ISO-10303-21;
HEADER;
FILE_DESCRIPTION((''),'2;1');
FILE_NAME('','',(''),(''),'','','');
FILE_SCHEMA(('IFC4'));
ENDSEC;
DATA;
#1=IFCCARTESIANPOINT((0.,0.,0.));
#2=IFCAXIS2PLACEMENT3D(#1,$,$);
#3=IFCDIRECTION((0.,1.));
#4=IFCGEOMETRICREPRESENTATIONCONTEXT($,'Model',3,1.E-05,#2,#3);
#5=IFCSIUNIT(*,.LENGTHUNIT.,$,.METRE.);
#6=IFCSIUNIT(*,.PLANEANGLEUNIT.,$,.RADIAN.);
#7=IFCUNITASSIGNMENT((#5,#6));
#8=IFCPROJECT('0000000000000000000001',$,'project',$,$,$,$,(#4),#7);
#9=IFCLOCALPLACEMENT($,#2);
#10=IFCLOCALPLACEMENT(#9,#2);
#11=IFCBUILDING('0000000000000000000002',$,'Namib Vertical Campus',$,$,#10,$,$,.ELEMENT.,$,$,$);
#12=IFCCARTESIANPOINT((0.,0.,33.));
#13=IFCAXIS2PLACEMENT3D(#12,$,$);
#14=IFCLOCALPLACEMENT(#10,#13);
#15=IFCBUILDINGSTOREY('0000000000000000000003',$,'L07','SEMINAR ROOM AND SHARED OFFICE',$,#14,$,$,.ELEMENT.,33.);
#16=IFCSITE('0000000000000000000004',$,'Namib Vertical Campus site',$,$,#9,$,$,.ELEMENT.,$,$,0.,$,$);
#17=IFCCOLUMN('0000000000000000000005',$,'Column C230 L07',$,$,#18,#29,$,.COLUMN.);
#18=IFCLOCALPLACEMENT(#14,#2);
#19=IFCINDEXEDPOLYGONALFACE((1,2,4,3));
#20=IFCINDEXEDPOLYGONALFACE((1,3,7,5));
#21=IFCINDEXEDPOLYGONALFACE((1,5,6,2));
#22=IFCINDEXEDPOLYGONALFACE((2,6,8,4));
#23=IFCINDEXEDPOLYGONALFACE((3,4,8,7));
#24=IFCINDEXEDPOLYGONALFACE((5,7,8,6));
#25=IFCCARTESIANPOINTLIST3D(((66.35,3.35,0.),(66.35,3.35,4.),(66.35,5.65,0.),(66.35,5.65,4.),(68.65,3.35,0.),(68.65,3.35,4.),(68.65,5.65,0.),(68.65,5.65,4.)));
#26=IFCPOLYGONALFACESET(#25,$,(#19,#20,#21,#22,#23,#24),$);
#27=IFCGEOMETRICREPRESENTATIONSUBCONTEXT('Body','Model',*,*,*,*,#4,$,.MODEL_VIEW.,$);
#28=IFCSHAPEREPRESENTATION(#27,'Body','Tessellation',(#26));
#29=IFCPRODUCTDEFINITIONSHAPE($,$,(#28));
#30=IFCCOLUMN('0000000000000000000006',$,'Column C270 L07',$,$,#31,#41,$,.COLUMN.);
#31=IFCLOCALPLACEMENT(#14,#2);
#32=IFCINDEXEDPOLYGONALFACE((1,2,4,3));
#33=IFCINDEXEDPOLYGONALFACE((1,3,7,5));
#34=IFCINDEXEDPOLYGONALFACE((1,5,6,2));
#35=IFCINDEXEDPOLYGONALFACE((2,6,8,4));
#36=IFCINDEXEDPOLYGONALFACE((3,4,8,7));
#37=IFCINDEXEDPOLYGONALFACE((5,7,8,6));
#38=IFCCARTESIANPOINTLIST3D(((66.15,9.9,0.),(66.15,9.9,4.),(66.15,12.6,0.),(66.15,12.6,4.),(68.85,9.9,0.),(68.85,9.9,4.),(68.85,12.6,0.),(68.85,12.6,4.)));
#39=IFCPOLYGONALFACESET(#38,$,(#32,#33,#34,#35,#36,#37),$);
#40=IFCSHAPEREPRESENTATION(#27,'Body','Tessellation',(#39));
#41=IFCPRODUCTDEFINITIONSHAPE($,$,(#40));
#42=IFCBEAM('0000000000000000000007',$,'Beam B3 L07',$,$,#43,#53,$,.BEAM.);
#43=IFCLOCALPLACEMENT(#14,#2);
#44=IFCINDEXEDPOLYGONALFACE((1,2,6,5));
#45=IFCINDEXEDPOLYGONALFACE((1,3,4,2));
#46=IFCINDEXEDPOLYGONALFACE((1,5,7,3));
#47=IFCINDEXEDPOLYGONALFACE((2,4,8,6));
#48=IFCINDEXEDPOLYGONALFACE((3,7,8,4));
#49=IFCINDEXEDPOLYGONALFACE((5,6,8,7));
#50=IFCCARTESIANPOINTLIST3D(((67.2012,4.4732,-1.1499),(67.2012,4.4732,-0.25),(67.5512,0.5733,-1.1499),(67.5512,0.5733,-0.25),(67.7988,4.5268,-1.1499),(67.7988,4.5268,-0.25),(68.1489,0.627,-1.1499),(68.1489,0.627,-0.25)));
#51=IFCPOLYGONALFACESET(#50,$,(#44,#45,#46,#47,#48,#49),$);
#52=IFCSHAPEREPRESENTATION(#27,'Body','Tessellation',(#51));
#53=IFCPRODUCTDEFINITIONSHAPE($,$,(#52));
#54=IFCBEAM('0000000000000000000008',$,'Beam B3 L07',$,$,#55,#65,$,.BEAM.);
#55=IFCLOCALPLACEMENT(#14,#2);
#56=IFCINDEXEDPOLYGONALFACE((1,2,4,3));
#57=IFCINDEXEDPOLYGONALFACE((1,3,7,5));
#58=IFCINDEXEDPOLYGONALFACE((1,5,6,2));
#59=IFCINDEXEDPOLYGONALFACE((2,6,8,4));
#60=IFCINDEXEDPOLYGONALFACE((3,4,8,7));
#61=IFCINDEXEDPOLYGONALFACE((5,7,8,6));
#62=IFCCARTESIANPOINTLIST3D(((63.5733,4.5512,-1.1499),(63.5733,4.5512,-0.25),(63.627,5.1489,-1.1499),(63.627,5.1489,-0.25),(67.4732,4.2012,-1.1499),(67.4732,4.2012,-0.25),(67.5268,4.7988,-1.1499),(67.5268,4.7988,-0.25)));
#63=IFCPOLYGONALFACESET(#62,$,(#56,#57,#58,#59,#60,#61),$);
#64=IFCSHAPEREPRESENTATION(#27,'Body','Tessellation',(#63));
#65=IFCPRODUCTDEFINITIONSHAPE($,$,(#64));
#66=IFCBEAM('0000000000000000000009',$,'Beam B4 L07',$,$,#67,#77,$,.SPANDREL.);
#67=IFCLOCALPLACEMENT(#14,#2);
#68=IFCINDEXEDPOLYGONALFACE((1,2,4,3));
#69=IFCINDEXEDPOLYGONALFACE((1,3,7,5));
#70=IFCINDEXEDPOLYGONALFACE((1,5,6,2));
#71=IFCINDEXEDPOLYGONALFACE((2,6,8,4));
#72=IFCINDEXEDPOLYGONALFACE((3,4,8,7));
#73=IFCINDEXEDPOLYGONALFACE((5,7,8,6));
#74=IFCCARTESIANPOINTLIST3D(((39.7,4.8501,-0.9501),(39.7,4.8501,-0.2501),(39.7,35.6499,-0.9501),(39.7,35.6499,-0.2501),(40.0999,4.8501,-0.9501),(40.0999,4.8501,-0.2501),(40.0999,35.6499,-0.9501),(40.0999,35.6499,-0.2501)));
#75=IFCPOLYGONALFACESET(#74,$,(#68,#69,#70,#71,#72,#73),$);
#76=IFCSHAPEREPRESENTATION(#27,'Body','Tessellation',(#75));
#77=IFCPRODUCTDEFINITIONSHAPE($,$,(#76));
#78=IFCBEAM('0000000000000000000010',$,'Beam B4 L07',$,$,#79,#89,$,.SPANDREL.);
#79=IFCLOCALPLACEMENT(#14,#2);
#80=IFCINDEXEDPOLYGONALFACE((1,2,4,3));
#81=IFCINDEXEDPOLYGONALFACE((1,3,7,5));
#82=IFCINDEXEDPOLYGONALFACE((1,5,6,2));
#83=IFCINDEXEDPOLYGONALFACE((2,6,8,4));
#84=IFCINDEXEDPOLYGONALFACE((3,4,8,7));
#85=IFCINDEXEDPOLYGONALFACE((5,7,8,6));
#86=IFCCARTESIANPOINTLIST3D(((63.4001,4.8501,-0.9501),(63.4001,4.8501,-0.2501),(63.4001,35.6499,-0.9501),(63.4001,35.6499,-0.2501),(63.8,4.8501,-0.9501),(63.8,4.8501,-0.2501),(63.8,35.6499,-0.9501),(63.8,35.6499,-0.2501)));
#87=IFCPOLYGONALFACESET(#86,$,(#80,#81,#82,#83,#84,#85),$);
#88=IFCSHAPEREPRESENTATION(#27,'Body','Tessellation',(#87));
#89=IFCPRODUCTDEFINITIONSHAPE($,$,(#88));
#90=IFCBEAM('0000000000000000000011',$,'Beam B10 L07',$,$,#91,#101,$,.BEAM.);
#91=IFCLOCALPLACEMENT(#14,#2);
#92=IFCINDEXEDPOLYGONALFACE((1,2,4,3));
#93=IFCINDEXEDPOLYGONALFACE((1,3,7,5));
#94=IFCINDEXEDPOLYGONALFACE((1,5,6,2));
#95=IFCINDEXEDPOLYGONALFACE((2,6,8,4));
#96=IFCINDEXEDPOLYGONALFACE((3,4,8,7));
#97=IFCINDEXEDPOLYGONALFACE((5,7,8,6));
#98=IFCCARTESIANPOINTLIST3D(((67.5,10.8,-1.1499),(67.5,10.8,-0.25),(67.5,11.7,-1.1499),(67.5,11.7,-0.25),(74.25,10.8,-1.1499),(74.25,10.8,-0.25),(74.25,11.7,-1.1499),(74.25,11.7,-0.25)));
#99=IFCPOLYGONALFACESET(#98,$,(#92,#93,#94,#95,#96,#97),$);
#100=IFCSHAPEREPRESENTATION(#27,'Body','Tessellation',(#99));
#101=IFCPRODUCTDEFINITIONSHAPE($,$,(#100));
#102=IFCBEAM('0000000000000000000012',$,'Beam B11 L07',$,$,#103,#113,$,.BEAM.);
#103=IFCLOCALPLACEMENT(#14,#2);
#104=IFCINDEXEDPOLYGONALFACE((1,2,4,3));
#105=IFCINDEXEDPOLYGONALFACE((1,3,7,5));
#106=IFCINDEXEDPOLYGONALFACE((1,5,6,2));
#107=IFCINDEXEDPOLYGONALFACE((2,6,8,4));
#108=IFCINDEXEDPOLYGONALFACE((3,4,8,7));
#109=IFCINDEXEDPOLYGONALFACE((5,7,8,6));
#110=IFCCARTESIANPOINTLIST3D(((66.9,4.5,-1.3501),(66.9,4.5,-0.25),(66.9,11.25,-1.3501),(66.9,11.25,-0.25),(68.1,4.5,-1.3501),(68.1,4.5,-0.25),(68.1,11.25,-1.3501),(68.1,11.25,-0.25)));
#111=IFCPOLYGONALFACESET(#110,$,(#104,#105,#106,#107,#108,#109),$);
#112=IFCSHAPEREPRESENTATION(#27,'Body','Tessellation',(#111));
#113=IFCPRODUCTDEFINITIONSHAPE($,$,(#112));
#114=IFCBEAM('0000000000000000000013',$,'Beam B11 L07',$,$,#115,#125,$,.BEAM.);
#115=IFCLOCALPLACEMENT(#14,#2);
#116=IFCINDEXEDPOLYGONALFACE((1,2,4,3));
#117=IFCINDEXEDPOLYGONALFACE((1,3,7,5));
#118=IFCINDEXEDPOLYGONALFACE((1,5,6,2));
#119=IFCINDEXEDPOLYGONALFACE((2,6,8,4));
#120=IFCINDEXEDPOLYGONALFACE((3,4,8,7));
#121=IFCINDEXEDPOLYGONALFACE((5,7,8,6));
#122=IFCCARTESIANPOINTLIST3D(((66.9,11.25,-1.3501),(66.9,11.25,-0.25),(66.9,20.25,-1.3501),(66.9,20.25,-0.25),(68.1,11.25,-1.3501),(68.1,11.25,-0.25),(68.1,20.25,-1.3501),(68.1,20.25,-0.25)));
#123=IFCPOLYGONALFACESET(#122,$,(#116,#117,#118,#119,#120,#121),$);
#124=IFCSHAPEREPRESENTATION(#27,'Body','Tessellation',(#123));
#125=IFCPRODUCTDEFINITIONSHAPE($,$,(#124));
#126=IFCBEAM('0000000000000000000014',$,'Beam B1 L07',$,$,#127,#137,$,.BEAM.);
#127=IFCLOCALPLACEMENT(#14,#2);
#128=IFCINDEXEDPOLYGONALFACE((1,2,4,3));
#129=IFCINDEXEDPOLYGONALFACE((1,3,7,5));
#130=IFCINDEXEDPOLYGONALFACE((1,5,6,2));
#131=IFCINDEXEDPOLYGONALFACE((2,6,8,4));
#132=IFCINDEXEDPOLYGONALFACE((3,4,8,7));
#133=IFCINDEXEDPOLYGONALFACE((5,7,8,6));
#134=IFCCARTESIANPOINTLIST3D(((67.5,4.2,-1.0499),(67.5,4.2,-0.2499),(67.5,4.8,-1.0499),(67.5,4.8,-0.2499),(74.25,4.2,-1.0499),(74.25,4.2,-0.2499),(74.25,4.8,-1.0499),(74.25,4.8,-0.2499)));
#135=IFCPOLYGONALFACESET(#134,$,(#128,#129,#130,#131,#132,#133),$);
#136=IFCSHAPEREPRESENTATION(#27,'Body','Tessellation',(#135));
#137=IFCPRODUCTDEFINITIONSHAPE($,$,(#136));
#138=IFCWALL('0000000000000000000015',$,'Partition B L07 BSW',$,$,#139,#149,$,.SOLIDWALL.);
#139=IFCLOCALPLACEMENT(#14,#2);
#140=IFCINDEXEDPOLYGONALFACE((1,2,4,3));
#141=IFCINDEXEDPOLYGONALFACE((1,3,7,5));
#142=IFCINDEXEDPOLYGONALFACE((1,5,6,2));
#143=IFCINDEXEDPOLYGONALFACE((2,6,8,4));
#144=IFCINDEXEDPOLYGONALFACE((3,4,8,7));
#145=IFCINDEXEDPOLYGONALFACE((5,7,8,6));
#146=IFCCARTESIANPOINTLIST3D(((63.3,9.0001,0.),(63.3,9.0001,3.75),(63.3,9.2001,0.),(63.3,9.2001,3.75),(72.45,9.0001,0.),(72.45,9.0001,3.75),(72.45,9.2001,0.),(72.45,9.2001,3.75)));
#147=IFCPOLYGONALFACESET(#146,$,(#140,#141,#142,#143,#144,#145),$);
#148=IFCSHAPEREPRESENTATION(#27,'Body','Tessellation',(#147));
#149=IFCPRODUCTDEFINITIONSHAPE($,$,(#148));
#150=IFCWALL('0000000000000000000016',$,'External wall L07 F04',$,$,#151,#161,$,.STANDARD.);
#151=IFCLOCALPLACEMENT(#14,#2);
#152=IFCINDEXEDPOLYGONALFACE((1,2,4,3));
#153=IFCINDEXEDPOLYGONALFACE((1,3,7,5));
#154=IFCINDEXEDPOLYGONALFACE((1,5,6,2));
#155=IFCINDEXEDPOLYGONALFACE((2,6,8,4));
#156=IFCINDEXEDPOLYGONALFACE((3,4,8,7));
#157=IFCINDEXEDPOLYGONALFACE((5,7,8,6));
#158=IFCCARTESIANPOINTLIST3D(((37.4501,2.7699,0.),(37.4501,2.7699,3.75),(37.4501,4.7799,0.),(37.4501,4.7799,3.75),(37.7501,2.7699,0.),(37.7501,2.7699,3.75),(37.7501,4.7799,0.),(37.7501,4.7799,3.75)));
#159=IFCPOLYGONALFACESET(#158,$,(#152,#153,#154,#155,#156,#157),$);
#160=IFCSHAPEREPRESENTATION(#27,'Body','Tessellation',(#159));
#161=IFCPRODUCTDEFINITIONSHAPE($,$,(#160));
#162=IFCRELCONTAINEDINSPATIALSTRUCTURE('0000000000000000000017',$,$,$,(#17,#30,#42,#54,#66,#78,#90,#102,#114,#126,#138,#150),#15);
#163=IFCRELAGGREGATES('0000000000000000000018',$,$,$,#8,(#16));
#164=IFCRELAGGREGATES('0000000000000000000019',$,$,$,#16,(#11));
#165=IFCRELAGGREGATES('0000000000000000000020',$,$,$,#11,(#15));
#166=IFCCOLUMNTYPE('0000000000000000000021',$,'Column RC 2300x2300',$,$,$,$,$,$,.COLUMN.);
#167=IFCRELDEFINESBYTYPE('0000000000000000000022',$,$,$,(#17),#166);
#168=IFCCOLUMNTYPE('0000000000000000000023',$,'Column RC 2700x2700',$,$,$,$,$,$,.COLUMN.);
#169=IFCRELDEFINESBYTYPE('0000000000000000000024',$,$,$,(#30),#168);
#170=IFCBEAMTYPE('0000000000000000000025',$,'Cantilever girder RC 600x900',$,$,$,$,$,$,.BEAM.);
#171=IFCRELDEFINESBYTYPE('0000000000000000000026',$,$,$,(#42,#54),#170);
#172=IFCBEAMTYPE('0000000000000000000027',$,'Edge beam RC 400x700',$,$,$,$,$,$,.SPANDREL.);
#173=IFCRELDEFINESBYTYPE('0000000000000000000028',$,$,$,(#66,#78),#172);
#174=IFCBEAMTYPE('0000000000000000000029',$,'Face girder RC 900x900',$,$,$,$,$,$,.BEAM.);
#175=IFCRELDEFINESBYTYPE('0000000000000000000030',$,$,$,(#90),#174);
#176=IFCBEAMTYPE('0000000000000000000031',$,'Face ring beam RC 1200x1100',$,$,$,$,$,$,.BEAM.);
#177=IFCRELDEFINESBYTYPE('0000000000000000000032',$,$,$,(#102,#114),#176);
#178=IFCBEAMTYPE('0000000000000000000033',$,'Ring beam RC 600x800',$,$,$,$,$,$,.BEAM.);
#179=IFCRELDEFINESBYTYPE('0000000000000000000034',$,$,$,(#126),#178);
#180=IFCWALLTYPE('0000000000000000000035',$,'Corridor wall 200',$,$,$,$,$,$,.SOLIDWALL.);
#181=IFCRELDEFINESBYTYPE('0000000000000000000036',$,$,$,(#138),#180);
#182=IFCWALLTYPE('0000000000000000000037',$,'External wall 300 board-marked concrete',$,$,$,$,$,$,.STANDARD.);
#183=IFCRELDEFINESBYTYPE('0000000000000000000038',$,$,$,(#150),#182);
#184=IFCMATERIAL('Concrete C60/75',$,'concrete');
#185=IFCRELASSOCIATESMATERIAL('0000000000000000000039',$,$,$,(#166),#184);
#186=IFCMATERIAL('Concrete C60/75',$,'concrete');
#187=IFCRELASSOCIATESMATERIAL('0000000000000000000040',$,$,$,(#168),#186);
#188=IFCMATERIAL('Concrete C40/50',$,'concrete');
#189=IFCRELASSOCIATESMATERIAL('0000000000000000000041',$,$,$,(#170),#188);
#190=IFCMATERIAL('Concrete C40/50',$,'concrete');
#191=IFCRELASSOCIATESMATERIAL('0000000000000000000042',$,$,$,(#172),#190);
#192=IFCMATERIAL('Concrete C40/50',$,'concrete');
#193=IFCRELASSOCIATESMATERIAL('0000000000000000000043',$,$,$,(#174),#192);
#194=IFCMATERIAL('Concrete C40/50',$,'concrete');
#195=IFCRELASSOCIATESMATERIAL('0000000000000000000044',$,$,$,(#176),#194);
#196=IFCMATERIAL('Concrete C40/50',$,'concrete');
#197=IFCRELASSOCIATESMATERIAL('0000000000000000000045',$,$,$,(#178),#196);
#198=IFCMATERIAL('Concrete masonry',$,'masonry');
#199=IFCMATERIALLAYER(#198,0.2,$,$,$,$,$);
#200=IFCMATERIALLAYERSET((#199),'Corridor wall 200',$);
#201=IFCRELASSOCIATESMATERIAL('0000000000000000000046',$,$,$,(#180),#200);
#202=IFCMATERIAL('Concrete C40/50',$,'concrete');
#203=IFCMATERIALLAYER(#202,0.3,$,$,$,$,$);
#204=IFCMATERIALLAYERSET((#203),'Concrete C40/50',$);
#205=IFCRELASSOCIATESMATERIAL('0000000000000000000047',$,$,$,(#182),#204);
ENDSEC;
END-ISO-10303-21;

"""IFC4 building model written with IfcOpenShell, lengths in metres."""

from ifc_helpers import new_model, si_unit, direction, frame, frame_2d, origin, origin_2d, place, context, subcontext, project, spatial, rectangle, extrude, material, layer, layer_set, material_profile, profile_set, type_object, element, save


model = new_model("IFC4")

# Units and contexts
model_context = context("Model", 3, precision=1e-05, world=origin(), true_north=direction((0.0, 1.0)))
body_context = subcontext(model_context, "Body", "Model", "MODEL_VIEW")
ifc_project = project(units=[si_unit("LENGTHUNIT", "METRE"), si_unit("PLANEANGLEUNIT", "RADIAN")], contexts=[model_context])

# Site, building, storey
site_placement = place(None, origin())
site = spatial("IfcSite", under=ifc_project, at=site_placement, Name="Namib Vertical Campus site", CompositionType="ELEMENT", RefElevation=0.0)
building_placement = place(site_placement, origin())
building = spatial("IfcBuilding", under=site, at=building_placement, Name="Namib Vertical Campus", CompositionType="ELEMENT")
storey_placement = place(building_placement, frame((0.0, 0.0, 33.0)))
storey = spatial("IfcBuildingStorey", under=building, at=storey_placement, Name="L07", Description="SEMINAR ROOM AND SHARED OFFICE", CompositionType="ELEMENT", Elevation=33.0)

# Columns
ifc_material_1 = material(Name="Concrete C60/75", Category="concrete")
ifc_material_profile_1 = material_profile(ifc_material_1, rectangle(XDim=2.3, YDim=2.3, at=origin_2d()))
ifc_profile_set_1 = profile_set([ifc_material_profile_1], Name="Concrete C60/75")
column_type_1 = type_object("IfcColumnType", Name="Column RC 2300x2300", PredefinedType="COLUMN", material=ifc_profile_set_1)
column_1_placement = place(storey_placement, frame((67.5, 4.5, 0.0), z_axis=(0.0, 0.0, 1.0), x_axis=(1.0, 0.0, 0.0)))
element("IfcColumn", 1, at=column_1_placement, inside=storey, type_object=column_type_1, Name="Column C230 L07", PredefinedType="COLUMN", context=body_context, shape_type="SweptSolid", body=[
    extrude(rectangle(XDim=2.3, YDim=2.3, at=origin_2d()), origin(), (0.0, 0.0, 1.0), 4.0),
])
ifc_material_2 = material(Name="Concrete C60/75", Category="concrete")
ifc_material_profile_2 = material_profile(ifc_material_2, rectangle(XDim=2.7, YDim=2.7, at=origin_2d()))
ifc_profile_set_2 = profile_set([ifc_material_profile_2], Name="Concrete C60/75")
column_type_2 = type_object("IfcColumnType", Name="Column RC 2700x2700", PredefinedType="COLUMN", material=ifc_profile_set_2)
column_2_placement = place(storey_placement, frame((67.5, 11.25, 0.0), z_axis=(0.0, 0.0, 1.0), x_axis=(1.0, 0.0, 0.0)))
element("IfcColumn", 2, at=column_2_placement, inside=storey, type_object=column_type_2, Name="Column C270 L07", PredefinedType="COLUMN", context=body_context, shape_type="SweptSolid", body=[
    extrude(rectangle(XDim=2.7, YDim=2.7, at=origin_2d()), origin(), (0.0, 0.0, 1.0), 4.0),
])

# Beams
ifc_material_3 = material(Name="Concrete C40/50", Category="concrete")
ifc_material_profile_3 = material_profile(ifc_material_3, rectangle(XDim=0.6001, YDim=0.8999, at=origin_2d()))
ifc_profile_set_3 = profile_set([ifc_material_profile_3], Name="Concrete C40/50")
beam_type_1 = type_object("IfcBeamType", Name="Cantilever girder RC 600x900", PredefinedType="BEAM", material=ifc_profile_set_3)
for number, where, z_axis, x_axis, name in (
    (3, (67.5, 4.5, -0.7), (0.089411, -0.995995, 0.0), (0.995995, 0.089411, 0.0), "Beam B3 L07"),
    (4, (67.5, 4.5, -0.7), (-0.995995, 0.089411, 0.0), (-0.089411, -0.995995, 0.0), "Beam B3 L07"),
):
    element("IfcBeam", number, at=place(storey_placement, frame(where, z_axis=z_axis, x_axis=x_axis)), inside=storey, type_object=beam_type_1, Name=name, PredefinedType="BEAM", context=body_context, shape_type="SweptSolid", body=[
        extrude(rectangle(XDim=0.6001, YDim=0.8999, at=origin_2d()), origin(), (0.0, 0.0, 1.0), 3.9155),
    ])
ifc_material_4 = material(Name="Concrete C40/50", Category="concrete")
ifc_material_profile_4 = material_profile(ifc_material_4, rectangle(XDim=0.3999, YDim=0.7, at=origin_2d()))
ifc_profile_set_4 = profile_set([ifc_material_profile_4], Name="Concrete C40/50")
beam_type_2 = type_object("IfcBeamType", Name="Edge beam RC 400x700", PredefinedType="SPANDREL", material=ifc_profile_set_4)
for number, where, z_axis, x_axis, name in (
    (5, (39.8999, 4.8501, -0.6001), (0.0, 1.0, 0.0), (-1.0, 0.0, 0.0), "Beam B4 L07"),
    (6, (63.6001, 4.8501, -0.6001), (0.0, 1.0, 0.0), (-1.0, 0.0, 0.0), "Beam B4 L07"),
):
    element("IfcBeam", number, at=place(storey_placement, frame(where, z_axis=z_axis, x_axis=x_axis)), inside=storey, type_object=beam_type_2, Name=name, PredefinedType="SPANDREL", context=body_context, shape_type="SweptSolid", body=[
        extrude(rectangle(XDim=0.3999, YDim=0.7, at=origin_2d()), origin(), (0.0, 0.0, 1.0), 30.7998),
    ])
ifc_material_5 = material(Name="Concrete C40/50", Category="concrete")
ifc_material_profile_5 = material_profile(ifc_material_5, rectangle(XDim=0.8999, YDim=0.8999, at=origin_2d()))
ifc_profile_set_5 = profile_set([ifc_material_profile_5], Name="Concrete C40/50")
beam_type_3 = type_object("IfcBeamType", Name="Face girder RC 900x900", PredefinedType="BEAM", material=ifc_profile_set_5)
beam_1_placement = place(storey_placement, frame((67.5, 11.25, -0.7), z_axis=(1.0, 0.0, 0.0), x_axis=(0.0, 1.0, 0.0)))
element("IfcBeam", 7, at=beam_1_placement, inside=storey, type_object=beam_type_3, Name="Beam B10 L07", PredefinedType="BEAM", context=body_context, shape_type="SweptSolid", body=[
    extrude(rectangle(XDim=0.8999, YDim=0.8999, at=origin_2d()), origin(), (0.0, 0.0, 1.0), 6.75),
])
ifc_material_6 = material(Name="Concrete C40/50", Category="concrete")
ifc_material_profile_6 = material_profile(ifc_material_6, rectangle(XDim=1.2, YDim=1.1001, at=origin_2d()))
ifc_profile_set_6 = profile_set([ifc_material_profile_6], Name="Concrete C40/50")
beam_type_4 = type_object("IfcBeamType", Name="Face ring beam RC 1200x1100", PredefinedType="BEAM", material=ifc_profile_set_6)
beam_2_placement = place(storey_placement, frame((67.5, 4.5, -0.8), z_axis=(0.0, 1.0, 0.0), x_axis=(-1.0, 0.0, 0.0)))
element("IfcBeam", 8, at=beam_2_placement, inside=storey, type_object=beam_type_4, Name="Beam B11 L07", PredefinedType="BEAM", context=body_context, shape_type="SweptSolid", body=[
    extrude(rectangle(XDim=1.2, YDim=1.1001, at=origin_2d()), origin(), (0.0, 0.0, 1.0), 6.75),
])
beam_3_placement = place(storey_placement, frame((67.5, 11.25, -0.8), z_axis=(0.0, 1.0, 0.0), x_axis=(-1.0, 0.0, 0.0)))
element("IfcBeam", 9, at=beam_3_placement, inside=storey, type_object=beam_type_4, Name="Beam B11 L07", PredefinedType="BEAM", context=body_context, shape_type="SweptSolid", body=[
    extrude(rectangle(XDim=1.2, YDim=1.1001, at=origin_2d()), origin(), (0.0, 0.0, 1.0), 9.0),
])
ifc_material_7 = material(Name="Concrete C40/50", Category="concrete")
ifc_material_profile_7 = material_profile(ifc_material_7, rectangle(XDim=0.6001, YDim=0.8, at=origin_2d()))
ifc_profile_set_7 = profile_set([ifc_material_profile_7], Name="Concrete C40/50")
beam_type_5 = type_object("IfcBeamType", Name="Ring beam RC 600x800", PredefinedType="BEAM", material=ifc_profile_set_7)
beam_4_placement = place(storey_placement, frame((67.5, 4.5, -0.6499), z_axis=(1.0, 0.0, 0.0), x_axis=(0.0, 1.0, 0.0)))
element("IfcBeam", 10, at=beam_4_placement, inside=storey, type_object=beam_type_5, Name="Beam B1 L07", PredefinedType="BEAM", context=body_context, shape_type="SweptSolid", body=[
    extrude(rectangle(XDim=0.6001, YDim=0.8, at=origin_2d()), origin(), (0.0, 0.0, 1.0), 6.75),
])

# Walls
ifc_material_8 = material(Name="Concrete masonry", Category="masonry")
ifc_layer_1 = layer(ifc_material_8, 0.2)
ifc_layer_set_1 = layer_set([ifc_layer_1], Name="Corridor wall 200")
wall_type_1 = type_object("IfcWallType", Name="Corridor wall 200", PredefinedType="SOLIDWALL", material=ifc_layer_set_1)
wall_1_placement = place(storey_placement, frame((63.3, 9.1001, 0.0), z_axis=(0.0, 0.0, 1.0), x_axis=(1.0, 0.0, 0.0)))
element("IfcWall", 11, at=wall_1_placement, inside=storey, type_object=wall_type_1, Name="Partition B L07 BSW", PredefinedType="SOLIDWALL", context=body_context, shape_type="SweptSolid", body=[
    extrude(rectangle(XDim=9.1499, YDim=0.2, at=frame_2d((4.575, 0.0))), origin(), (0.0, 0.0, 1.0), 3.75),
])
ifc_material_9 = material(Name="Concrete C40/50", Category="concrete")
ifc_layer_2 = layer(ifc_material_9, 0.3)
ifc_layer_set_2 = layer_set([ifc_layer_2], Name="Concrete C40/50")
wall_type_2 = type_object("IfcWallType", Name="External wall 300 board-marked concrete", PredefinedType="STANDARD", material=ifc_layer_set_2)
wall_2_placement = place(storey_placement, frame((37.6001, 2.77, 0.0), z_axis=(0.0, 0.0, 1.0), x_axis=(0.0, 1.0, 0.0)))
element("IfcWall", 12, at=wall_2_placement, inside=storey, type_object=wall_type_2, Name="External wall L07 F04", PredefinedType="STANDARD", context=body_context, shape_type="SweptSolid", body=[
    extrude(rectangle(XDim=2.01, YDim=0.3, at=frame_2d((1.0049, 0.0))), origin(), (0.0, 0.0, 1.0), 3.75),
])

save(model, "model.ifc")
